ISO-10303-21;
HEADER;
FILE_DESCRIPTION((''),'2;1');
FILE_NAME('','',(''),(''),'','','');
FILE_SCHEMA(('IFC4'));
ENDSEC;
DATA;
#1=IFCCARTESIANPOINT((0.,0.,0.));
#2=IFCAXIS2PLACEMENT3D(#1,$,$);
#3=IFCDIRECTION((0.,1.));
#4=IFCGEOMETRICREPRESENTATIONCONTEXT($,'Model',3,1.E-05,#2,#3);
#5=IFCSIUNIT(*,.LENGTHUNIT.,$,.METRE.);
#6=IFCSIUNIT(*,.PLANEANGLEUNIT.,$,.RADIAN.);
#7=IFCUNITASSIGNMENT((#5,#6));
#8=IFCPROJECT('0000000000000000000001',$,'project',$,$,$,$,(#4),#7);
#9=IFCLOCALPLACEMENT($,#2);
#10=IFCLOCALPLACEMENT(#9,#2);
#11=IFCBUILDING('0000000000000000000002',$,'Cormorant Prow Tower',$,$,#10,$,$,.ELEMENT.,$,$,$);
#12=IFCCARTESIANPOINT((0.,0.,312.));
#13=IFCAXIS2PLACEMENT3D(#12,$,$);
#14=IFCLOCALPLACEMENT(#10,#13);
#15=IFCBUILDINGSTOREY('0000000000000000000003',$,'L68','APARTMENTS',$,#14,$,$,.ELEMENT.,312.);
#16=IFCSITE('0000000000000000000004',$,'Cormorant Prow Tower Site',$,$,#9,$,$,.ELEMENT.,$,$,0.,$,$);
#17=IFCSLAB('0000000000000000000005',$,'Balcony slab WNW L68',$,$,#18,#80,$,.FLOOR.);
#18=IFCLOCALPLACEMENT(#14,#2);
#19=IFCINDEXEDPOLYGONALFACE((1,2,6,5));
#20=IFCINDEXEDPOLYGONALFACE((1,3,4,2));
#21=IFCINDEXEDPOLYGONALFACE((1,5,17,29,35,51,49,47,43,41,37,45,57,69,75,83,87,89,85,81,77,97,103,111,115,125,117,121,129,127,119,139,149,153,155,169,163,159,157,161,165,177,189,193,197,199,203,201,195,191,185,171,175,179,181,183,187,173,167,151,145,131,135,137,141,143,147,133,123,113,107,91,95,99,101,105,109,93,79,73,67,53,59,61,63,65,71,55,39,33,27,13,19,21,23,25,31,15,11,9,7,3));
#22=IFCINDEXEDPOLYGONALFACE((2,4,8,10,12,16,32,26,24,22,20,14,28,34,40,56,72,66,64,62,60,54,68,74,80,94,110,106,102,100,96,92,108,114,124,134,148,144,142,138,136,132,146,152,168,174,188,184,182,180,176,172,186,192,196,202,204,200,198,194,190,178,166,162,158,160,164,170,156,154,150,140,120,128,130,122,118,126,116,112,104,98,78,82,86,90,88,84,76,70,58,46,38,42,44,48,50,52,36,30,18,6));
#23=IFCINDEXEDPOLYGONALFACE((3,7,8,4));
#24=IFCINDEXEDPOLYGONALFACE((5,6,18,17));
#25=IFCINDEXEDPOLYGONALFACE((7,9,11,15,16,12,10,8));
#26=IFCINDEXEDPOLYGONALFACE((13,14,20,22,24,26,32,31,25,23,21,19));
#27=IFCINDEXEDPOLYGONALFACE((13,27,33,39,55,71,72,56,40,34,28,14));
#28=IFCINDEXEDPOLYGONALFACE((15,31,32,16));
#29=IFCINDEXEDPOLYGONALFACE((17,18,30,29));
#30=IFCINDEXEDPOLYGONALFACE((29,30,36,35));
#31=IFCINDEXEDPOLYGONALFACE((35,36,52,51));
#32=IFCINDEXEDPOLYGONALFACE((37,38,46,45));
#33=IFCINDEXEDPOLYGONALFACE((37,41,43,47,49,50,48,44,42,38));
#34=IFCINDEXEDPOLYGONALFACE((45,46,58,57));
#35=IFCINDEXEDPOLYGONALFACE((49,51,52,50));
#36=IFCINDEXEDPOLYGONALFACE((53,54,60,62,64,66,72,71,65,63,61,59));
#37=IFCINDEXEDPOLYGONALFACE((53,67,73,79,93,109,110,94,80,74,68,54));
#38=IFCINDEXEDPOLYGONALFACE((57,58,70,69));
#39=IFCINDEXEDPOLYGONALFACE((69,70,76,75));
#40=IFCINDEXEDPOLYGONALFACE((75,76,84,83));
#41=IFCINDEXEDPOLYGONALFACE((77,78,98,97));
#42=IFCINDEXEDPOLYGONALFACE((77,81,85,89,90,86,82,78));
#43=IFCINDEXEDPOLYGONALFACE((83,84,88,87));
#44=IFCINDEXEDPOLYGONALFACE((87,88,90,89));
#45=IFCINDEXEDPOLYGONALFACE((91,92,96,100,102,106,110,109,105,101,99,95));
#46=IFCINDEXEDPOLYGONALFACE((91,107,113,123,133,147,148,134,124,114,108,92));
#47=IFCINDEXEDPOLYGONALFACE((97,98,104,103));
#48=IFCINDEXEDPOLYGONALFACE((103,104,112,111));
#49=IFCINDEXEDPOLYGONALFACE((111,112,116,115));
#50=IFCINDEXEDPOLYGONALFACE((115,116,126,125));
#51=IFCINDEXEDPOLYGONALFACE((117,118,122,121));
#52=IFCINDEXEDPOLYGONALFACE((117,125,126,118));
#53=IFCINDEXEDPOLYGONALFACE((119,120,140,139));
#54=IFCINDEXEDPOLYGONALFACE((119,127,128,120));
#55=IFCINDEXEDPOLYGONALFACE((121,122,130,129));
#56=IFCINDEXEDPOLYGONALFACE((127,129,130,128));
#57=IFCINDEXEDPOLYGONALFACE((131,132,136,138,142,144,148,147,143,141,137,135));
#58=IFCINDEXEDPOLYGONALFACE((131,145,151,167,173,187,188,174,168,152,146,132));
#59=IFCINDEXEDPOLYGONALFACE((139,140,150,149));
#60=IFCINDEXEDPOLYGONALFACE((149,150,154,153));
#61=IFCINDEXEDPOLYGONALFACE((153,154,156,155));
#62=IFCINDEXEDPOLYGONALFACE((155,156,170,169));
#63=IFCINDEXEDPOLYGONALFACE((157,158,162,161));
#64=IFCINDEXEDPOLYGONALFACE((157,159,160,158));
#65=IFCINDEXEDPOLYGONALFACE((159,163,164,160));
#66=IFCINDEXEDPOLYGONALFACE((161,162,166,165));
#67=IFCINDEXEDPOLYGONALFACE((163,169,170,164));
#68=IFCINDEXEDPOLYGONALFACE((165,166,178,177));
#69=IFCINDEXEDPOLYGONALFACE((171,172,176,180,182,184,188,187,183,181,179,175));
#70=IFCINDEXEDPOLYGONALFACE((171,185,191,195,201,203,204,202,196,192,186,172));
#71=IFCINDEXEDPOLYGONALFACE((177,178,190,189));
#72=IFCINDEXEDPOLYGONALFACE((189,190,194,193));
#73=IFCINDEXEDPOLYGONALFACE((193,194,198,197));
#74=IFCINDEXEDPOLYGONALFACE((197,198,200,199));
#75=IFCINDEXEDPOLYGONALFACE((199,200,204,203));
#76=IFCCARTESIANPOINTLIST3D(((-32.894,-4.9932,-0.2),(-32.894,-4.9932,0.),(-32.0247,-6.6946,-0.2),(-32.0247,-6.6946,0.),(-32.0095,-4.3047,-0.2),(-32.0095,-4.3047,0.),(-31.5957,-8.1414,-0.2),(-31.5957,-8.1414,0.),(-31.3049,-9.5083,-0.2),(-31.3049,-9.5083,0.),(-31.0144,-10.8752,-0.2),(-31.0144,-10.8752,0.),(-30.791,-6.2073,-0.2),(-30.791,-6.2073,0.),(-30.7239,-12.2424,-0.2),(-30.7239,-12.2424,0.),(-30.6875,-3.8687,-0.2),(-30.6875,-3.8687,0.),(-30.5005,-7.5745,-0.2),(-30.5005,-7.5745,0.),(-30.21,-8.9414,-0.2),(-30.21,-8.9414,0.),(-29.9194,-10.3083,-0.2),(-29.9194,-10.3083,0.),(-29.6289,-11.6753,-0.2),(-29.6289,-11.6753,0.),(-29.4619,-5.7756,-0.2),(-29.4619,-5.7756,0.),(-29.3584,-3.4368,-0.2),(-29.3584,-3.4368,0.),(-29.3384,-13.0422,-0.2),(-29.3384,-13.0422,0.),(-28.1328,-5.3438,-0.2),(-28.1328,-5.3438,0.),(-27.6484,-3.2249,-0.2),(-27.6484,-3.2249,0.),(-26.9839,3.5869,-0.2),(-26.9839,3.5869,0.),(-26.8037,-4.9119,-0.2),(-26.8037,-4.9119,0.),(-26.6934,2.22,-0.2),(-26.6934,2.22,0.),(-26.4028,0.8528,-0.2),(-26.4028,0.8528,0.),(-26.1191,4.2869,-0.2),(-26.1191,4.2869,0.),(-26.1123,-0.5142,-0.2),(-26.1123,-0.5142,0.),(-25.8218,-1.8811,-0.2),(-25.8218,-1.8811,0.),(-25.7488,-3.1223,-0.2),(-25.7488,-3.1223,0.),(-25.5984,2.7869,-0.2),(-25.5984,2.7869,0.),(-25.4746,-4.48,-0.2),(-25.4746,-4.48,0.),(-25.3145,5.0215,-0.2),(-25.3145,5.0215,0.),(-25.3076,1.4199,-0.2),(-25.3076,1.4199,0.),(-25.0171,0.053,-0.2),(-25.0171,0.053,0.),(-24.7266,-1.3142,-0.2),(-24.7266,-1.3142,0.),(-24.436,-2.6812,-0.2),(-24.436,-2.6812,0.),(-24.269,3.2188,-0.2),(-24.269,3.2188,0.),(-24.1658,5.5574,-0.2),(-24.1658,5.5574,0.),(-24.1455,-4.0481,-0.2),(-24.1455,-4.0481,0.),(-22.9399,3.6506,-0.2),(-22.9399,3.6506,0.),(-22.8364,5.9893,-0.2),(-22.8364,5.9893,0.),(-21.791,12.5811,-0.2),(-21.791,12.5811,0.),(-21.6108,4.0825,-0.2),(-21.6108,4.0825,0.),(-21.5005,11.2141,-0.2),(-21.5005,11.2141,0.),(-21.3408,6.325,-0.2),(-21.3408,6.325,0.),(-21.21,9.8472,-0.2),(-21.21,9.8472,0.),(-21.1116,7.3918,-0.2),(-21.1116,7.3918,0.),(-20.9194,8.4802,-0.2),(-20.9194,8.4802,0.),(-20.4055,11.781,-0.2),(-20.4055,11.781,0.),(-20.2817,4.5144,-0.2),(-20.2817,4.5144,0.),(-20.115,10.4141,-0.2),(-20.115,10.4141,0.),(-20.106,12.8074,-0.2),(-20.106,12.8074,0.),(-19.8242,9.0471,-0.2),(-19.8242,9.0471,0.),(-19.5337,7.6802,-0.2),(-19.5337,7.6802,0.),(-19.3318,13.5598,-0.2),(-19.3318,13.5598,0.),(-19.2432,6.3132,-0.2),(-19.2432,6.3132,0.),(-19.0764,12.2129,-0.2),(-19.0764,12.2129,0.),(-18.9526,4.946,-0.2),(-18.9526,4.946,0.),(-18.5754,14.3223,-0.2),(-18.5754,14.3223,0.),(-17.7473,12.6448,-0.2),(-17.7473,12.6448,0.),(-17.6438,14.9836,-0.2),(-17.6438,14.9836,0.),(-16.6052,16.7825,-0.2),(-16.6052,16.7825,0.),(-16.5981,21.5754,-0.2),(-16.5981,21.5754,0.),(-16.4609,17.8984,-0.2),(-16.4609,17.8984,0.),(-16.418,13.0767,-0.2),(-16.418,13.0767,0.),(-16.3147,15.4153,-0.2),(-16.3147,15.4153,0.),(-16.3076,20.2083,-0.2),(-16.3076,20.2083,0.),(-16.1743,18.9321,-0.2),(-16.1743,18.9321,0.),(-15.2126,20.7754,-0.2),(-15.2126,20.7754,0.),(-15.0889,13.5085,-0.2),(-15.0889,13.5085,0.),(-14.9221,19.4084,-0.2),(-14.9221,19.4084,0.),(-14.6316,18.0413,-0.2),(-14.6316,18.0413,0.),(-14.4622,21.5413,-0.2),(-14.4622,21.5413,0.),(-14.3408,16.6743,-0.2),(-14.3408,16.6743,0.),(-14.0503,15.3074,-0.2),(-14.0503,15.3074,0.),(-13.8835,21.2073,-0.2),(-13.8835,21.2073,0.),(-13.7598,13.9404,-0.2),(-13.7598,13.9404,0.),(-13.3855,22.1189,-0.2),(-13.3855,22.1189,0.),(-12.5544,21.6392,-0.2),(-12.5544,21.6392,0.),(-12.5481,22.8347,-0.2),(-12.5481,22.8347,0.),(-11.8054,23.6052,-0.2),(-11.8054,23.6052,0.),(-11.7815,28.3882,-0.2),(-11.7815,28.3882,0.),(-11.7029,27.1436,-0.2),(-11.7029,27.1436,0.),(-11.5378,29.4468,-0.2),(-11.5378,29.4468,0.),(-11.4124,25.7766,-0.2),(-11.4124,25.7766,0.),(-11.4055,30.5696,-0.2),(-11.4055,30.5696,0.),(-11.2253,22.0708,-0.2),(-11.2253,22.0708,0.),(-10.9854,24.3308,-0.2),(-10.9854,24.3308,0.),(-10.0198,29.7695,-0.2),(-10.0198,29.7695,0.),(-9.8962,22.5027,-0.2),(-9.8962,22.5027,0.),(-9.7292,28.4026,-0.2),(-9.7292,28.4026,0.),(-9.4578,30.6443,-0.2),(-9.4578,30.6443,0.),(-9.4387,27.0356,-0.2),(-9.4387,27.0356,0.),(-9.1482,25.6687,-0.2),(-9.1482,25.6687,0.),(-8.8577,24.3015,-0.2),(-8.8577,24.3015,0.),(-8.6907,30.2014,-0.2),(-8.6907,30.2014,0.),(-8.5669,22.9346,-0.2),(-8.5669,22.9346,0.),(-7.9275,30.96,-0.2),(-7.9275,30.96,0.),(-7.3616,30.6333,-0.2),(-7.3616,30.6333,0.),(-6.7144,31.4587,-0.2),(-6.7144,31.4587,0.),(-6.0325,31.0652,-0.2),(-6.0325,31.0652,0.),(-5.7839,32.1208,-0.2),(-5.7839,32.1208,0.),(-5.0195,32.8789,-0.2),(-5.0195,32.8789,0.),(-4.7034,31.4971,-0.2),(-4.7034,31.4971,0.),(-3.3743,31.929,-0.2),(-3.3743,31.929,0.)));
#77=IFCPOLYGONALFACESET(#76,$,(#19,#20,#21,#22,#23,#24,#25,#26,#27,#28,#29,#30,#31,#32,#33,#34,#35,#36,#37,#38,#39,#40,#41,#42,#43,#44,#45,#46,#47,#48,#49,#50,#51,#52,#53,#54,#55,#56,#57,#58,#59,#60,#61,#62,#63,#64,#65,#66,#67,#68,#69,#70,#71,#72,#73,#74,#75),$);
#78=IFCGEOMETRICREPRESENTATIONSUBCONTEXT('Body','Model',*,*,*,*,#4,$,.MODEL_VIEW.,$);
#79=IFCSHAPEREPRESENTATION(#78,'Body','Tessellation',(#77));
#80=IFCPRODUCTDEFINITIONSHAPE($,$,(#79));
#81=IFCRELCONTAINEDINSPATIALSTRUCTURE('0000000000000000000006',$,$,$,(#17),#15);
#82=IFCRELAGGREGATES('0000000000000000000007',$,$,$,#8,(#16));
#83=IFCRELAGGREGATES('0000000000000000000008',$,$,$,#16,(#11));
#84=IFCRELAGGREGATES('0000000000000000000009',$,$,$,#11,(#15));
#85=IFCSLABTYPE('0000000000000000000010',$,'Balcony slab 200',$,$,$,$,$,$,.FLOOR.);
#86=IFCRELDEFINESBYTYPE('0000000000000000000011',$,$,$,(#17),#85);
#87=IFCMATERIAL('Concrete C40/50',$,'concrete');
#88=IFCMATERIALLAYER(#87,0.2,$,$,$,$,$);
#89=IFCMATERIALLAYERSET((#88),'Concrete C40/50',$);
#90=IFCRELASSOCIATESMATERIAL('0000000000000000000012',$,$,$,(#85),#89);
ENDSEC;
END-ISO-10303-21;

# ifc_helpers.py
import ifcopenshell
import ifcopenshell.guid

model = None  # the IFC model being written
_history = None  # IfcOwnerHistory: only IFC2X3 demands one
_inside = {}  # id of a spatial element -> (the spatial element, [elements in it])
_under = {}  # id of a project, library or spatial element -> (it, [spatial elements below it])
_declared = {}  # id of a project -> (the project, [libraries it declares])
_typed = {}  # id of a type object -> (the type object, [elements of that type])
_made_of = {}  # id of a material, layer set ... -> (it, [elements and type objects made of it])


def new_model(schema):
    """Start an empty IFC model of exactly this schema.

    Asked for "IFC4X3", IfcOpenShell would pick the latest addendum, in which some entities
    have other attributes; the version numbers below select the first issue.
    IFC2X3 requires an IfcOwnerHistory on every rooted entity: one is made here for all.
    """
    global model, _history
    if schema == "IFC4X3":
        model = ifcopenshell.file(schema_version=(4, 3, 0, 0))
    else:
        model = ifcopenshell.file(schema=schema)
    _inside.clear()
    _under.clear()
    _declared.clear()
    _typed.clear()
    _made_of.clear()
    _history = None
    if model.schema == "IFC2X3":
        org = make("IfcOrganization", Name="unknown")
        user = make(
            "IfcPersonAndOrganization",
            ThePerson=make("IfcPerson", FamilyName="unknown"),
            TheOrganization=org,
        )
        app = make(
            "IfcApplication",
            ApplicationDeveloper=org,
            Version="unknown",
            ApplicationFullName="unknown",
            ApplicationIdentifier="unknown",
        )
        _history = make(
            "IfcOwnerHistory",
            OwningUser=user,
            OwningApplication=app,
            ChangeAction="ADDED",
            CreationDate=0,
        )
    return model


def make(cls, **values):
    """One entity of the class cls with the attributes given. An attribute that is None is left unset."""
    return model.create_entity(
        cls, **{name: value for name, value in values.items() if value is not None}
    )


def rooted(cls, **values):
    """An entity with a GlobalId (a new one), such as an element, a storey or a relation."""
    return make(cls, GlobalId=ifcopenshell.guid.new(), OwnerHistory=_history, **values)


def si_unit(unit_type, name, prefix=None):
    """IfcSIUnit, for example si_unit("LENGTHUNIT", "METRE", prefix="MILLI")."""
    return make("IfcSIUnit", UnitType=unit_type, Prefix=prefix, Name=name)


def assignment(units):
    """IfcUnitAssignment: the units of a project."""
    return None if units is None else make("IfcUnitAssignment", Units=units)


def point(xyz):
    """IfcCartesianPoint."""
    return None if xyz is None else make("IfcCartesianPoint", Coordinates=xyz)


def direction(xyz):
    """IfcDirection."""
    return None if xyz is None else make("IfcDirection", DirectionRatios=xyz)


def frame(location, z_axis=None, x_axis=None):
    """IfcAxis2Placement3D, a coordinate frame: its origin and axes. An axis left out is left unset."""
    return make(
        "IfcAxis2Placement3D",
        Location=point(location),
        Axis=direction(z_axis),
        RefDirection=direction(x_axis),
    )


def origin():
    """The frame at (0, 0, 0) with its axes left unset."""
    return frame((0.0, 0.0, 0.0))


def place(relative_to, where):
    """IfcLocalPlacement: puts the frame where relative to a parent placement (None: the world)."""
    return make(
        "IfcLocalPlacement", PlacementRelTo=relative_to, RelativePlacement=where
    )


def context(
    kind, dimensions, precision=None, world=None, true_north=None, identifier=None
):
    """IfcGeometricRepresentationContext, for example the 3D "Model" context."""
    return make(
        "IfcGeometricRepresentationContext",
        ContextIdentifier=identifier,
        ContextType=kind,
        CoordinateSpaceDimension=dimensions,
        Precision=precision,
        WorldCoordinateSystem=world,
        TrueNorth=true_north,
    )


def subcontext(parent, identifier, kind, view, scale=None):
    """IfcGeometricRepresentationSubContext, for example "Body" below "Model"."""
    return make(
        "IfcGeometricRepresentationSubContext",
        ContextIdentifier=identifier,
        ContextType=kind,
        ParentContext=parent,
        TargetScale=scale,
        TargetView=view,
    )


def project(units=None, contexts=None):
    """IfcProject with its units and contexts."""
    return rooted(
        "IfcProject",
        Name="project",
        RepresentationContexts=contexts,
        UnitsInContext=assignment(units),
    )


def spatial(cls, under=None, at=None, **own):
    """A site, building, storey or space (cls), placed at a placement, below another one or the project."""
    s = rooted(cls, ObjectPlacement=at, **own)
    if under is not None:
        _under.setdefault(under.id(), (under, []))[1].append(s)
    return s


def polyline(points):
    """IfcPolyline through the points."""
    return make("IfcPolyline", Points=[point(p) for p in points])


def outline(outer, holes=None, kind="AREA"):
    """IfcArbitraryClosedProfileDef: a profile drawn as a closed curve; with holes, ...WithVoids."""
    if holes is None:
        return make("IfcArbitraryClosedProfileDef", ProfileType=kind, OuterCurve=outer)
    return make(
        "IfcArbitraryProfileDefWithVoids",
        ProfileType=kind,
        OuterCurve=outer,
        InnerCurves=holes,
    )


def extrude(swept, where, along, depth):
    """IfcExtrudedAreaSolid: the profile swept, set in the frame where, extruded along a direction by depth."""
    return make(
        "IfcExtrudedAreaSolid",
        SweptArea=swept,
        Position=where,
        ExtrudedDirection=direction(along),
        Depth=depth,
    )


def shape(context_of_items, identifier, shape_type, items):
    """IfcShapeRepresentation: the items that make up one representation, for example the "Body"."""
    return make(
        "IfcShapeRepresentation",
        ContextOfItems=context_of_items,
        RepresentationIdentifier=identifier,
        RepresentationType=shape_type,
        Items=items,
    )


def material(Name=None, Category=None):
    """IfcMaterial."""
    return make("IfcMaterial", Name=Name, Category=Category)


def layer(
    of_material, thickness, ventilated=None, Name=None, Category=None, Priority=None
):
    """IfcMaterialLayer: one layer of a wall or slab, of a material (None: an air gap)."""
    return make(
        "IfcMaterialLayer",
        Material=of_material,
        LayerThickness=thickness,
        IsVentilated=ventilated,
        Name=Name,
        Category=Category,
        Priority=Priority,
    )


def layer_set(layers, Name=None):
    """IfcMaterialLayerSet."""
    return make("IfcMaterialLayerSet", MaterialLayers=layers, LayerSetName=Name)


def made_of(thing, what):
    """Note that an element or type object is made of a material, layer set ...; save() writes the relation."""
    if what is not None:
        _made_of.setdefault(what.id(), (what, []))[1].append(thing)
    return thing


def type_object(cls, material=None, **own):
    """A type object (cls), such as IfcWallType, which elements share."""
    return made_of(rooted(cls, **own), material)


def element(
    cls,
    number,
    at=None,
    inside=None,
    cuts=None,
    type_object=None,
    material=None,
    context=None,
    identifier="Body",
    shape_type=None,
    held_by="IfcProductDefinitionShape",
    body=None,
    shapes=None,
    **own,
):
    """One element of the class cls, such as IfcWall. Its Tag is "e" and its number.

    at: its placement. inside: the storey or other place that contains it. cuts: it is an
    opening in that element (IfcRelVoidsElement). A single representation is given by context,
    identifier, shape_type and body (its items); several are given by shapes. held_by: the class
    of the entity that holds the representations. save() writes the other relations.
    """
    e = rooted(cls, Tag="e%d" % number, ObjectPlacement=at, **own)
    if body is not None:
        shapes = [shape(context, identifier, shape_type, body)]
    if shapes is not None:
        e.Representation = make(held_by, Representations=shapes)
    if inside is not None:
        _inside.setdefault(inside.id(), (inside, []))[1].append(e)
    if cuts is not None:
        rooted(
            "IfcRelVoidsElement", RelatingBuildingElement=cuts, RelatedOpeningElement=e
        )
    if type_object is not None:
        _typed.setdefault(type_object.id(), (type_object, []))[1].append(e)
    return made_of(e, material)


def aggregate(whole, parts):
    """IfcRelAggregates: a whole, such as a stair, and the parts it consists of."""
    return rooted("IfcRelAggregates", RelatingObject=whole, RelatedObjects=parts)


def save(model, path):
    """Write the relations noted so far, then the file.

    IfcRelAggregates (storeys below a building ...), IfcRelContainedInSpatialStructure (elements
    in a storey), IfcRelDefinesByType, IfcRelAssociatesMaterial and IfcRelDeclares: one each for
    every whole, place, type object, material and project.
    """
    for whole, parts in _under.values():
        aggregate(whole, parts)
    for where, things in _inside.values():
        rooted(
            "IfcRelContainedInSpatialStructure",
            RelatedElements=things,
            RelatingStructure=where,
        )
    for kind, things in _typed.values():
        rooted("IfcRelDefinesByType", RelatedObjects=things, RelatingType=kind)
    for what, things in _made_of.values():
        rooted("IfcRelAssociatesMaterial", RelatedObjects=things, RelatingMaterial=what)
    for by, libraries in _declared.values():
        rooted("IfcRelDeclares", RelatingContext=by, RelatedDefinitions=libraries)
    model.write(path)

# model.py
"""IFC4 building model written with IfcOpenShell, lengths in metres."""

from ifc_helpers import new_model, si_unit, direction, frame, origin, place, context, subcontext, project, spatial, polyline, outline, extrude, material, layer, layer_set, type_object, element, save


model = new_model("IFC4")

# Units and contexts
model_context = context("Model", 3, precision=1e-05, world=origin(), true_north=direction((0.0, 1.0)))
body_context = subcontext(model_context, "Body", "Model", "MODEL_VIEW")
ifc_project = project(units=[si_unit("LENGTHUNIT", "METRE"), si_unit("PLANEANGLEUNIT", "RADIAN")], contexts=[model_context])

# Site, building, storey
site_placement = place(None, origin())
site = spatial("IfcSite", under=ifc_project, at=site_placement, Name="Cormorant Prow Tower Site", CompositionType="ELEMENT", RefElevation=0.0)
building_placement = place(site_placement, origin())
building = spatial("IfcBuilding", under=site, at=building_placement, Name="Cormorant Prow Tower", CompositionType="ELEMENT")
storey_placement = place(building_placement, frame((0.0, 0.0, 312.0)))
storey = spatial("IfcBuildingStorey", under=building, at=storey_placement, Name="L68", Description="APARTMENTS", CompositionType="ELEMENT", Elevation=312.0)

# Slab
ifc_material_1 = material(Name="Concrete C40/50", Category="concrete")
ifc_layer_1 = layer(ifc_material_1, 0.2)
ifc_layer_set_1 = layer_set([ifc_layer_1], Name="Concrete C40/50")
slab_type_1 = type_object("IfcSlabType", Name="Balcony slab 200", PredefinedType="FLOOR", material=ifc_layer_set_1)
slab_1_placement = place(storey_placement, frame((0.0, 0.0, -0.2)))
element("IfcSlab", 1, at=slab_1_placement, inside=storey, type_object=slab_type_1, Name="Balcony slab WNW L68", PredefinedType="FLOOR", context=body_context, shape_type="SweptSolid", body=[
    extrude(outline(polyline([(-3.3743, 31.929), (-5.0195, 32.8789), (-5.7839, 32.1208), (-6.7144, 31.4587), (-7.9275, 30.96), (-9.4578, 30.6443), (-11.4055, 30.5696), (-11.5378, 29.4468), (-11.7815, 28.3882), (-11.7029, 27.1436), (-11.4124, 25.7766), (-10.9854, 24.3308), (-11.8054, 23.6052), (-12.5481, 22.8347), (-13.3855, 22.1189), (-14.4622, 21.5413), (-16.5981, 21.5754), (-16.3076, 20.2083), (-16.1743, 18.9321), (-16.4609, 17.8984), (-16.6052, 16.7825), (-16.3147, 15.4153), (-17.6438, 14.9836), (-18.5754, 14.3223), (-19.3318, 13.5598), (-20.106, 12.8074), (-21.791, 12.5811), (-21.5005, 11.2141), (-21.21, 9.8472), (-20.9194, 8.4802), (-21.1116, 7.3918), (-21.3408, 6.325), (-22.8364, 5.9893), (-24.1658, 5.5574), (-25.3145, 5.0215), (-26.1191, 4.2869), (-26.9839, 3.5869), (-26.6934, 2.22), (-26.4028, 0.8528), (-26.1123, -0.5142), (-25.8218, -1.8811), (-25.7488, -3.1223), (-27.6484, -3.2249), (-29.3584, -3.4368), (-30.6875, -3.8687), (-32.0095, -4.3047), (-32.894, -4.9932), (-32.0247, -6.6946), (-31.5957, -8.1414), (-31.3049, -9.5083), (-31.0144, -10.8752), (-30.7239, -12.2424), (-29.3384, -13.0422), (-29.6289, -11.6753), (-29.9194, -10.3083), (-30.21, -8.9414), (-30.5005, -7.5745), (-30.791, -6.2073), (-29.4619, -5.7756), (-28.1328, -5.3438), (-26.8037, -4.9119), (-25.4746, -4.48), (-24.1455, -4.0481), (-24.436, -2.6812), (-24.7266, -1.3142), (-25.0171, 0.053), (-25.3076, 1.4199), (-25.5984, 2.7869), (-24.269, 3.2188), (-22.9399, 3.6506), (-21.6108, 4.0825), (-20.2817, 4.5144), (-18.9526, 4.946), (-19.2432, 6.3132), (-19.5337, 7.6802), (-19.8242, 9.0471), (-20.115, 10.4141), (-20.4055, 11.781), (-19.0764, 12.2129), (-17.7473, 12.6448), (-16.418, 13.0767), (-15.0889, 13.5085), (-13.7598, 13.9404), (-14.0503, 15.3074), (-14.3408, 16.6743), (-14.6316, 18.0413), (-14.9221, 19.4084), (-15.2126, 20.7754), (-13.8835, 21.2073), (-12.5544, 21.6392), (-11.2253, 22.0708), (-9.8962, 22.5027), (-8.5669, 22.9346), (-8.8577, 24.3015), (-9.1482, 25.6687), (-9.4387, 27.0356), (-9.7292, 28.4026), (-10.0198, 29.7695), (-8.6907, 30.2014), (-7.3616, 30.6333), (-6.0325, 31.0652), (-4.7034, 31.4971), (-3.3743, 31.929)])), origin(), (0.0, 0.0, 1.0), 0.2),
])

save(model, "model.ifc")
